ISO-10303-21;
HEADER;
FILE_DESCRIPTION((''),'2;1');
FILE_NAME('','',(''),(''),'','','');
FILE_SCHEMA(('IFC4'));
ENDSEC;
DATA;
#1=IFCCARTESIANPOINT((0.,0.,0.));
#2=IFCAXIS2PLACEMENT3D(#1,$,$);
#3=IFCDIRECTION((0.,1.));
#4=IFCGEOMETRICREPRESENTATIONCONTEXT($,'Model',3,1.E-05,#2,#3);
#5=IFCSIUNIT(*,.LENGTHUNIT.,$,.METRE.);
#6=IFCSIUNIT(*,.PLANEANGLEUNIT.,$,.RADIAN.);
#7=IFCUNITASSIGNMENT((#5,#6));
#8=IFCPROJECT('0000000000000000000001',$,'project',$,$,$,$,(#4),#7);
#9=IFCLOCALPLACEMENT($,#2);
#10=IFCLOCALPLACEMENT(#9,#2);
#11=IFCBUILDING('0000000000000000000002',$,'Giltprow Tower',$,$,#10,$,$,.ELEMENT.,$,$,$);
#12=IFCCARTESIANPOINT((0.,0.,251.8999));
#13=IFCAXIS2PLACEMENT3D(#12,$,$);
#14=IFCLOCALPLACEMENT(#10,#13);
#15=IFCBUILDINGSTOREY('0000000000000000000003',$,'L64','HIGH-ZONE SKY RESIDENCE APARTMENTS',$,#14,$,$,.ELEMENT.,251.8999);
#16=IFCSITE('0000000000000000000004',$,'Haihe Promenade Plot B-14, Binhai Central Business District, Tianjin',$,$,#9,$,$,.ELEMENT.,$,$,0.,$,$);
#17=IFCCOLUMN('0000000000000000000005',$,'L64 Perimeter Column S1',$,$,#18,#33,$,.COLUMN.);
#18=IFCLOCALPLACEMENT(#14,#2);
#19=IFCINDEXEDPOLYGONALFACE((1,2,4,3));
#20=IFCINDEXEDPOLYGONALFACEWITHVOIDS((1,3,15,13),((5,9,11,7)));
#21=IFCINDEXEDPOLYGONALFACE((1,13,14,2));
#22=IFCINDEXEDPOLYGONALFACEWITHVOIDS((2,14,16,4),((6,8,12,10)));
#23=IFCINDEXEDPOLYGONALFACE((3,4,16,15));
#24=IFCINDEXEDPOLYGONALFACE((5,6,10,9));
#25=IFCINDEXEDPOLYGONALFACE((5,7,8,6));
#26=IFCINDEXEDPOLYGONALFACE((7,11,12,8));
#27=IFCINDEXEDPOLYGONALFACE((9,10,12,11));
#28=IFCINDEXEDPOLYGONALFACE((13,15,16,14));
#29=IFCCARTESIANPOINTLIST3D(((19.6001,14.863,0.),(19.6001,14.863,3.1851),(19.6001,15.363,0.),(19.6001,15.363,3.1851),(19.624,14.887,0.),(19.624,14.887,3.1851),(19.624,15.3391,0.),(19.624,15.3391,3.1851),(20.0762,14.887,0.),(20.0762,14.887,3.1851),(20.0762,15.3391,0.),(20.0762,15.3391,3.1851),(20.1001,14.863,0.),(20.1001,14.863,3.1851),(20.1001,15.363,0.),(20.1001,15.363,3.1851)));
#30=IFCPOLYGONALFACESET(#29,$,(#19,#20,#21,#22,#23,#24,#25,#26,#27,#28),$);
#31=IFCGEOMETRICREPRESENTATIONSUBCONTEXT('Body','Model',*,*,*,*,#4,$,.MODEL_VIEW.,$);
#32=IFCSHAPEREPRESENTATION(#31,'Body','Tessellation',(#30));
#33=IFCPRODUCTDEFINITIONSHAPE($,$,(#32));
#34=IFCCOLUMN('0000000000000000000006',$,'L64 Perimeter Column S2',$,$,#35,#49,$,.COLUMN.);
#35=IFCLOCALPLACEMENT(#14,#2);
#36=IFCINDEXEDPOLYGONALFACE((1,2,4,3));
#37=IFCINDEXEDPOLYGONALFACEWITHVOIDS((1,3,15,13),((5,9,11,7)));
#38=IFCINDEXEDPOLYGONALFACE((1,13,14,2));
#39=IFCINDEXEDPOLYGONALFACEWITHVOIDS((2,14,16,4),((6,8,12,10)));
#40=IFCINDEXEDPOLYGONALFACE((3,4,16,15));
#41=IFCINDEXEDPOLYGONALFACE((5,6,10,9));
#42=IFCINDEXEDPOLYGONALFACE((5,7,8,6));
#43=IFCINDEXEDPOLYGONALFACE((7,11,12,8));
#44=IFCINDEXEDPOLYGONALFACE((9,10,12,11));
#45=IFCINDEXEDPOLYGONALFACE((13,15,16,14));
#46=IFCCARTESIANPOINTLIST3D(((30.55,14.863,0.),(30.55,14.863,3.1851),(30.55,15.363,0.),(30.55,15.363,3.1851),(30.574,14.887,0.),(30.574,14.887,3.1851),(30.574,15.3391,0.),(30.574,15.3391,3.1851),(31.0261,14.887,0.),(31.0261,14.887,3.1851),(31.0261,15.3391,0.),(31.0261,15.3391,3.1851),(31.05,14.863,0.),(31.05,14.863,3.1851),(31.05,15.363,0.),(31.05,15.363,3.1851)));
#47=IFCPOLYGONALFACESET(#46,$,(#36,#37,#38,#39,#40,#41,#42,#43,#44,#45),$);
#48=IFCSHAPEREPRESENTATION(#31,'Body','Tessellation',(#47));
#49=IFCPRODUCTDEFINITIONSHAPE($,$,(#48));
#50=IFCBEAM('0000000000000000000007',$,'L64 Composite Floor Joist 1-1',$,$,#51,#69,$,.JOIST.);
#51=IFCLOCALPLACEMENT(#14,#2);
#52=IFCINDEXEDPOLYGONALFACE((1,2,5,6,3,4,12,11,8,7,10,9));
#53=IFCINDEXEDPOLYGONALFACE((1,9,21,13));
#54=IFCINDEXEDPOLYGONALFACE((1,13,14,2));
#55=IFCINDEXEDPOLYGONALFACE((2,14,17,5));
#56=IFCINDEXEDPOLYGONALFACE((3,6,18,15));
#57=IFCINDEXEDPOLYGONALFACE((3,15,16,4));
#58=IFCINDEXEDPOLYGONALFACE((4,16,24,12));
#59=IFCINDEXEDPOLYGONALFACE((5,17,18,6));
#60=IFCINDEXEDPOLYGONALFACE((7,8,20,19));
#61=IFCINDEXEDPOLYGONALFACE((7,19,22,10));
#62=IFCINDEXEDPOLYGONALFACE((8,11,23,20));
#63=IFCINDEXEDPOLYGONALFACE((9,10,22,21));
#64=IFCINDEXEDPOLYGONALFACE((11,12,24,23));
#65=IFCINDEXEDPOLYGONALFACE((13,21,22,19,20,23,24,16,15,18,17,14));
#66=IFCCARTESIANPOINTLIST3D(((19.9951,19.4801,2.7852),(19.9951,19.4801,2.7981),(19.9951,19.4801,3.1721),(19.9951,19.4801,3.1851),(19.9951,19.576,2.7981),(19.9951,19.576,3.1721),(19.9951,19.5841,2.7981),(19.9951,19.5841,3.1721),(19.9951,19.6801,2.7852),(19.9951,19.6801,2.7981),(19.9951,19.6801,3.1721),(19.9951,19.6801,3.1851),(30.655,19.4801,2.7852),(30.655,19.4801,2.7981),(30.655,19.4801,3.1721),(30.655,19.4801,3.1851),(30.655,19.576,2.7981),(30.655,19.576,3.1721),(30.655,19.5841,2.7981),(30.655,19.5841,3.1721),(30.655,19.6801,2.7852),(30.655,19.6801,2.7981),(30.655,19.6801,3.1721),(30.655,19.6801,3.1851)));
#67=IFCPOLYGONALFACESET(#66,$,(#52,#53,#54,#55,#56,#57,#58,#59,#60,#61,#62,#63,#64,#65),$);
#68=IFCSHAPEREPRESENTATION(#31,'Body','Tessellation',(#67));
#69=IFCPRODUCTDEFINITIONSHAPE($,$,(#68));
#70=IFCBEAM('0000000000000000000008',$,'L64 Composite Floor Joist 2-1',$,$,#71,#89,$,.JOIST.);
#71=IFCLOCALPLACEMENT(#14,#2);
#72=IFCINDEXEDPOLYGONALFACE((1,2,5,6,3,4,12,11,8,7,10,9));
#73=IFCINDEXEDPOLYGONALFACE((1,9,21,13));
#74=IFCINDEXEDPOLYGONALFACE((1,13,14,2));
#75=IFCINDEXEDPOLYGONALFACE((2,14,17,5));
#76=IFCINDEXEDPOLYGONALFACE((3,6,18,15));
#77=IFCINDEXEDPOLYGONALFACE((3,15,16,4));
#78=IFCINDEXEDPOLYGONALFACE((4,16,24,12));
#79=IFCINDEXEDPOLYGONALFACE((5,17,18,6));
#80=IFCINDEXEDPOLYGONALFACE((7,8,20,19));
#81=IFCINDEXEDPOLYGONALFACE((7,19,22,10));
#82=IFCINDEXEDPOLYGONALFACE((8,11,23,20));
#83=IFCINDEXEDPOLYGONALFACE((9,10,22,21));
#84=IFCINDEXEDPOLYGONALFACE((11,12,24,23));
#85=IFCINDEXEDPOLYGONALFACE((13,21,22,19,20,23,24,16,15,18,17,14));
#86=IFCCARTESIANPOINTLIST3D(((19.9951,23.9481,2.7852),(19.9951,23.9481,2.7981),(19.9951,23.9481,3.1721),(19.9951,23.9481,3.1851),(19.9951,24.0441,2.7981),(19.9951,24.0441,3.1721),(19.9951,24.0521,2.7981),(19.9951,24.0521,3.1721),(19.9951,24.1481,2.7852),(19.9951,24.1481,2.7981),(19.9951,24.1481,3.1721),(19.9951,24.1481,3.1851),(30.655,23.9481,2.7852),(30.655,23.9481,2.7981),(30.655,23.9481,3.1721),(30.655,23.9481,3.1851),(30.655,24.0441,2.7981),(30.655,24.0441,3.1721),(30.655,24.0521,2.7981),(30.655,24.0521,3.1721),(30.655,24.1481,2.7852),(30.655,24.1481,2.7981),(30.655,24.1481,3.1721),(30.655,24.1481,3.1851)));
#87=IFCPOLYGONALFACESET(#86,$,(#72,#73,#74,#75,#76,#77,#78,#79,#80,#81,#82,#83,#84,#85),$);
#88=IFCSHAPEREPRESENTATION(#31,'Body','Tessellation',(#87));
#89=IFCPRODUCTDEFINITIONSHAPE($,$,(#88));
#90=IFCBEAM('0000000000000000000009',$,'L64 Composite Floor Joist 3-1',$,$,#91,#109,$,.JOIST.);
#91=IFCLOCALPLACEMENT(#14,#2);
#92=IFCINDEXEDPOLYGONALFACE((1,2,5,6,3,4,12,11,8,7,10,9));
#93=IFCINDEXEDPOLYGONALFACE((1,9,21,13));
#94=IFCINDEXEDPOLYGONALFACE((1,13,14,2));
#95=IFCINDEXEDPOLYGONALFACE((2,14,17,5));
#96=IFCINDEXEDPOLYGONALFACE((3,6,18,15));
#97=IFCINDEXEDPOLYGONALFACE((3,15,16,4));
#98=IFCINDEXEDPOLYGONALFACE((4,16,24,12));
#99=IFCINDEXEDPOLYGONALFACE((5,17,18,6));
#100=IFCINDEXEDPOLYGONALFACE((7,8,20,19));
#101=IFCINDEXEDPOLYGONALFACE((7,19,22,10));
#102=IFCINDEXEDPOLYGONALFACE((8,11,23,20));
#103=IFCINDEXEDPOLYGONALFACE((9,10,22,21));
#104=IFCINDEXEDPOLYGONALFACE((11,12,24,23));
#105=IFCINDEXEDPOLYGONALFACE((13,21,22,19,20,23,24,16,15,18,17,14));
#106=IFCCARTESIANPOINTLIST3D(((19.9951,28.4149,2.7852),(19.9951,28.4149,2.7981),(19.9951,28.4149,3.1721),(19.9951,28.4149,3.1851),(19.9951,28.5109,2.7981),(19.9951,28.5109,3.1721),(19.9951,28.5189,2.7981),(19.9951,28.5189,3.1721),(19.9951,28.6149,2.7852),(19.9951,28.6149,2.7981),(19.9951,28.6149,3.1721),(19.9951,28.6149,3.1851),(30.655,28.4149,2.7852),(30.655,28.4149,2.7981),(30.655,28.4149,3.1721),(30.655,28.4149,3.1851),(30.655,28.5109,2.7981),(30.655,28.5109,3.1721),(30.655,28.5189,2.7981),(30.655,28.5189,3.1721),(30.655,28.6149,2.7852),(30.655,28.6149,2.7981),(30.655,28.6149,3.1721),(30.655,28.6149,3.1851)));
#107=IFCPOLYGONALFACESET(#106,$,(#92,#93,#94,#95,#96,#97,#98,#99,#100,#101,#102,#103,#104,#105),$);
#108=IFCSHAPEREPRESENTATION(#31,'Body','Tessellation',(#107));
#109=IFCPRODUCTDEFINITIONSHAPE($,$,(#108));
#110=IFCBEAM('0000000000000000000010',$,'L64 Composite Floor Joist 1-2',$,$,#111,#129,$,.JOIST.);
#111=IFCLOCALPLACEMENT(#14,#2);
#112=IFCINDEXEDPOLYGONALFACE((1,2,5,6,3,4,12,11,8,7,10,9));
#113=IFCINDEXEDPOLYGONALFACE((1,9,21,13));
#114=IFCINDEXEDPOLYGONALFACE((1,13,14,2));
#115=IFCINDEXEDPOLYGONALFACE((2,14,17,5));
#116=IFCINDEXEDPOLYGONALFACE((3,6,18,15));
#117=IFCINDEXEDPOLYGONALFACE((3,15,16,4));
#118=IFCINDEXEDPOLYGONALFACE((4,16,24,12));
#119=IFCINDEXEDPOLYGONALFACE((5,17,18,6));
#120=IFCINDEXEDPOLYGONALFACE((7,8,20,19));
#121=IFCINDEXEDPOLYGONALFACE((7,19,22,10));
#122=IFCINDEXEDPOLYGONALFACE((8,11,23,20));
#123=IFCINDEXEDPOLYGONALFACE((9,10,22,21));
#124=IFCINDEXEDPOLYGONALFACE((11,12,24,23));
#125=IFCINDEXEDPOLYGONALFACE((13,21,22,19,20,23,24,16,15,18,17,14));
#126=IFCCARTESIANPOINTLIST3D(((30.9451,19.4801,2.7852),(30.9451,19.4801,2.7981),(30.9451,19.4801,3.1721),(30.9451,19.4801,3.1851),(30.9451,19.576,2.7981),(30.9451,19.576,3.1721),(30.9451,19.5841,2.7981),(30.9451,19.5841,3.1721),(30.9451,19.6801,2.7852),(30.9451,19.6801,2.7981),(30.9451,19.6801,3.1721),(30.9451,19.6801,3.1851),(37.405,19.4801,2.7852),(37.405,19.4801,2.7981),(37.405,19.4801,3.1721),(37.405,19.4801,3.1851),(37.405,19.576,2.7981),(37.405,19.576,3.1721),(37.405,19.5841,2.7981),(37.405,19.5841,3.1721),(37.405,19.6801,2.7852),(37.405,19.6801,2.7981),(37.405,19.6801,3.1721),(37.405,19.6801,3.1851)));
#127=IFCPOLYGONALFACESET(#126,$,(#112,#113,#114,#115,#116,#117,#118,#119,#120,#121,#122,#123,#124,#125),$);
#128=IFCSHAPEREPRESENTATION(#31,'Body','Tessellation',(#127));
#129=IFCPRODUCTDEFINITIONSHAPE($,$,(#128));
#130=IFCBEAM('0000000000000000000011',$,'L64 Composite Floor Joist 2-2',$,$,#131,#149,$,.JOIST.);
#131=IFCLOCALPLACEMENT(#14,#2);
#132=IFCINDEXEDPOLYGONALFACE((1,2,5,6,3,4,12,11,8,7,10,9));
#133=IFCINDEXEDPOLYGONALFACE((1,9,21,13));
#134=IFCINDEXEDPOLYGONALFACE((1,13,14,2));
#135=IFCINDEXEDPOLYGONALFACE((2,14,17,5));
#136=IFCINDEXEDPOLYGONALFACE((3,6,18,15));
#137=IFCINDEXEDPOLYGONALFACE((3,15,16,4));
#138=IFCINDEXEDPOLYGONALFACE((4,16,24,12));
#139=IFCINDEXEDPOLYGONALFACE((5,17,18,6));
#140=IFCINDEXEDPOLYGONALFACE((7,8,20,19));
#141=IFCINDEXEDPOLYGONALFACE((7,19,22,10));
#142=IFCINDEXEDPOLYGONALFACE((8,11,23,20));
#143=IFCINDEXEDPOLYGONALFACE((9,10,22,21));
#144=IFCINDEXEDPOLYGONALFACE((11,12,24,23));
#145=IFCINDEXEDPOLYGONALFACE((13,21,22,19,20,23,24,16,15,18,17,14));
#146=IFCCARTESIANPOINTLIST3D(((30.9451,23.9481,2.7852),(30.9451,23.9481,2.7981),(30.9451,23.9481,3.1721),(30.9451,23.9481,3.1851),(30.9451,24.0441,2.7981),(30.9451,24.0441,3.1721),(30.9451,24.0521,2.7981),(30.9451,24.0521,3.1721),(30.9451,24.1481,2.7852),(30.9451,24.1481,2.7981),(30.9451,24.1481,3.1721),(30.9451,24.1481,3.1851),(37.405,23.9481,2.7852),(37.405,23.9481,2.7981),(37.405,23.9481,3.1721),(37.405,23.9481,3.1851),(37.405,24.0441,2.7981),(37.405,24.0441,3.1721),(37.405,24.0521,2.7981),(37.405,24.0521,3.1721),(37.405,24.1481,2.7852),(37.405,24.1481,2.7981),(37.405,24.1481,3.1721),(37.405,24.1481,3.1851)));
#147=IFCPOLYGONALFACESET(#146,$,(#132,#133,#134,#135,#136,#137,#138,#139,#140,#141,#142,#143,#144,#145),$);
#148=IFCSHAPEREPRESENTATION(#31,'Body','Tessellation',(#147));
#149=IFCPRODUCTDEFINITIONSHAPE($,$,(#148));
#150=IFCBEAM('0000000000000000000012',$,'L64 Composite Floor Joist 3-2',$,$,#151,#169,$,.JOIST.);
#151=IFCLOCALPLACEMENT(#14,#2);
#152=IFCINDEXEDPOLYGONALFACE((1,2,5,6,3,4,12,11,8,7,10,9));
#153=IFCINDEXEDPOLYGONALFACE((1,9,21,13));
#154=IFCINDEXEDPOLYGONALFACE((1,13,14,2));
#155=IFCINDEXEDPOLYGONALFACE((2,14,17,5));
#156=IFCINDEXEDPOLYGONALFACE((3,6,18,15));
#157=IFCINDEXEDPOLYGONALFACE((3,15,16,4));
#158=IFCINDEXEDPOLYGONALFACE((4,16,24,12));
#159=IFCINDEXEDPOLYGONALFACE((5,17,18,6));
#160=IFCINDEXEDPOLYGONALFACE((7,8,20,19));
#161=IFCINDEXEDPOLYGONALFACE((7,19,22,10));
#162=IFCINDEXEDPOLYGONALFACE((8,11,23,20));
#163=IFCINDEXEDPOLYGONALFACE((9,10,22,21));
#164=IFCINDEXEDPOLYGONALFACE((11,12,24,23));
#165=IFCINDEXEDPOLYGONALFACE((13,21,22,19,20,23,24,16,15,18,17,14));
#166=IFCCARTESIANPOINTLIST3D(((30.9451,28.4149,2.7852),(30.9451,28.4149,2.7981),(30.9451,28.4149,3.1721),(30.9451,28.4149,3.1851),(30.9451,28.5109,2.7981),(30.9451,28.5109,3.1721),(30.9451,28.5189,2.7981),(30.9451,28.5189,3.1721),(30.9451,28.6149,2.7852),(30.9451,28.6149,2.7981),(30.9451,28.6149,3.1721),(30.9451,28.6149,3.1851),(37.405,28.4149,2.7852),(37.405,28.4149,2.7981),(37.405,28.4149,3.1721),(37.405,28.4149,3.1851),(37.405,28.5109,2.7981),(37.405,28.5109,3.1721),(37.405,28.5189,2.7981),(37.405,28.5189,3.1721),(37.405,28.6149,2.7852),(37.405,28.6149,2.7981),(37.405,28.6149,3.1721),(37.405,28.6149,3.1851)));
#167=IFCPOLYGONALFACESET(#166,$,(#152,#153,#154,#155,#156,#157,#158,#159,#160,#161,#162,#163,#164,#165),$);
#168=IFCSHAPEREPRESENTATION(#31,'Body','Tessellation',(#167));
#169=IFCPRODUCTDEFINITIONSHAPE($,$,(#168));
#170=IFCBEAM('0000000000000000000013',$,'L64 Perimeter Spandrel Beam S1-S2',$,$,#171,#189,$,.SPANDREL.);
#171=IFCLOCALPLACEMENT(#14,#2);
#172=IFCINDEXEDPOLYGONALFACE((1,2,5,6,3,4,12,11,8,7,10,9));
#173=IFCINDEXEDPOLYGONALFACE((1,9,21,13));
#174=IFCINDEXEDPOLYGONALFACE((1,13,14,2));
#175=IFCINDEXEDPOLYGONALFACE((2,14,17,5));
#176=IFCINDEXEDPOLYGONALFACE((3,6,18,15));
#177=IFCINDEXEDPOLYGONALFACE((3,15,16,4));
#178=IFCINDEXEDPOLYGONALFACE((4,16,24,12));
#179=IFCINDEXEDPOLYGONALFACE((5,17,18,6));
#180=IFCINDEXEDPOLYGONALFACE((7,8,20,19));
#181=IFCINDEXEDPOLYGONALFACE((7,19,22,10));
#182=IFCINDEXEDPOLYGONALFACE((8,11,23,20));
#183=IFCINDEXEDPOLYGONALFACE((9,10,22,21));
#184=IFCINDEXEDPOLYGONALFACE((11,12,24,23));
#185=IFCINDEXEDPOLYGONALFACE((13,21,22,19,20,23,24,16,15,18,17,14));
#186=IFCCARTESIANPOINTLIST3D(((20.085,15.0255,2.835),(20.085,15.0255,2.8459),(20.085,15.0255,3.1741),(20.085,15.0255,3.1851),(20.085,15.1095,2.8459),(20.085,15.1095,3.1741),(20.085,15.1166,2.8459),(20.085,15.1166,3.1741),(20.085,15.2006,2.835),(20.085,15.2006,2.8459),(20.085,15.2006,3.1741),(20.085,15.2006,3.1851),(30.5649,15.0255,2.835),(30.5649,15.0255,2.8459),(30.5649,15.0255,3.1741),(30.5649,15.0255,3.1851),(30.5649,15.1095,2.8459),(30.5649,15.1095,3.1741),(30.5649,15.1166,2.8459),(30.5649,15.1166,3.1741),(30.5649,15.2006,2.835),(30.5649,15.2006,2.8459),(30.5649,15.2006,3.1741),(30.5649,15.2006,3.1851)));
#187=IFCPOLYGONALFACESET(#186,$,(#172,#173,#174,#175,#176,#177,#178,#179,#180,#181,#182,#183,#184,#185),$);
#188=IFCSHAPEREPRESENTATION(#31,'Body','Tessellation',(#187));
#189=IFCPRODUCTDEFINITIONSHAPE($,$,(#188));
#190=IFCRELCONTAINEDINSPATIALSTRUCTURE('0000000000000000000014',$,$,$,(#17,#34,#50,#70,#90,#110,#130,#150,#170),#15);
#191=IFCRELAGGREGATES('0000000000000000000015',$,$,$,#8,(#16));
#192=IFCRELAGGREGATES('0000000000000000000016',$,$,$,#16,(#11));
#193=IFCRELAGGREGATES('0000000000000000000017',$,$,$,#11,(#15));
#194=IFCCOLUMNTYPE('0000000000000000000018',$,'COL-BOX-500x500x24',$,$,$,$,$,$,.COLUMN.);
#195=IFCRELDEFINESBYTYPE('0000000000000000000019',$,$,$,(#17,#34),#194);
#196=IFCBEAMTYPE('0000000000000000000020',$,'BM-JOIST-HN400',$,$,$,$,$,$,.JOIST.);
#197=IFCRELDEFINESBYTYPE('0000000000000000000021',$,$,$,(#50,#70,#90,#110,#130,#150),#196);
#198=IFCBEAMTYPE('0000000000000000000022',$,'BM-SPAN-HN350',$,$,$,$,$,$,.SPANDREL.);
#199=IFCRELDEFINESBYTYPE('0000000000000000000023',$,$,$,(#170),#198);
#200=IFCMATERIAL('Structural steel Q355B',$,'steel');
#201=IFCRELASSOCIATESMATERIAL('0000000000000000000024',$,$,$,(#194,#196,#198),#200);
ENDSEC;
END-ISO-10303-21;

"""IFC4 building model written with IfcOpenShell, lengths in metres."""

from ifc_helpers import new_model, si_unit, direction, frame, origin, origin_2d, place, context, subcontext, project, spatial, hollow_rectangle, i_section, extrude, source, transform, mapped, material, material_profile, profile_set, type_object, element, save


model = new_model("IFC4")

# Units and contexts
model_context = context("Model", 3, precision=1e-05, world=origin(), true_north=direction((0.0, 1.0)))
body_context = subcontext(model_context, "Body", "Model", "MODEL_VIEW")
ifc_project = project(units=[si_unit("LENGTHUNIT", "METRE"), si_unit("PLANEANGLEUNIT", "RADIAN")], contexts=[model_context])

# Site, building, storey
site_placement = place(None, origin())
site = spatial("IfcSite", under=ifc_project, at=site_placement, Name="Haihe Promenade Plot B-14, Binhai Central Business District, Tianjin", CompositionType="ELEMENT", RefElevation=0.0)
building_placement = place(site_placement, origin())
building = spatial("IfcBuilding", under=site, at=building_placement, Name="Giltprow Tower", CompositionType="ELEMENT")
storey_placement = place(building_placement, frame((0.0, 0.0, 251.8999)))
storey = spatial("IfcBuildingStorey", under=building, at=storey_placement, Name="L64", Description="HIGH-ZONE SKY RESIDENCE APARTMENTS", CompositionType="ELEMENT", Elevation=251.8999)

# Columns
ifc_material_1 = material(Name="Structural steel Q355B", Category="steel")
ifc_material_profile_1 = material_profile(ifc_material_1, hollow_rectangle(XDim=0.5, YDim=0.5, WallThickness=0.0239, at=origin_2d()), Name="BOX 500x500x24")
ifc_profile_set_1 = profile_set([ifc_material_profile_1], Name="Structural steel Q355B")
column_type = type_object("IfcColumnType", Name="COL-BOX-500x500x24", PredefinedType="COLUMN", material=ifc_profile_set_1)
shared_shape_1 = source(origin(), body_context, "Body", "SweptSolid", [
    extrude(hollow_rectangle(XDim=0.5, YDim=0.5, WallThickness=0.0239, at=origin_2d()), origin(), (0.0, 0.0, 1.0), 3.1851),
])
for number, where, z_axis, x_axis, name in (
    (1, (19.8501, 15.113, 0.0), (0.0, 0.0, 1.0), (1.0, 0.0, 0.0), "L64 Perimeter Column S1"),
    (2, (30.8, 15.113, 0.0), (0.0, 0.0, 1.0), (1.0, 0.0, 0.0), "L64 Perimeter Column S2"),
):
    element("IfcColumn", number, at=place(storey_placement, frame(where, z_axis=z_axis, x_axis=x_axis)), inside=storey, type_object=column_type, Name=name, PredefinedType="COLUMN", context=body_context, shape_type="MappedRepresentation", body=[
        mapped(shared_shape_1, transform((0.0, 0.0, 0.0), x_axis=(1.0, 0.0, 0.0), y_axis=(0.0, 1.0, 0.0), z_axis=(0.0, 0.0, 1.0), scale=1.0)),
    ])

# Beams
ifc_material_profile_2 = material_profile(ifc_material_1, i_section(OverallWidth=0.2, OverallDepth=0.3999, WebThickness=0.0081, FlangeThickness=0.0129, at=origin_2d()), Name="HN 400x200x8x13")
ifc_profile_set_2 = profile_set([ifc_material_profile_2], Name="Structural steel Q355B")
beam_type_1 = type_object("IfcBeamType", Name="BM-JOIST-HN400", PredefinedType="JOIST", material=ifc_profile_set_2)
shared_shape_2 = source(origin(), body_context, "Body", "SweptSolid", [
    extrude(i_section(OverallWidth=0.2, OverallDepth=0.3999, WebThickness=0.0081, FlangeThickness=0.0129, at=origin_2d()), origin(), (0.0, 0.0, 1.0), 10.6599),
])
for number, where, z_axis, x_axis, name in (
    (3, (19.9951, 19.5801, 2.9851), (1.0, 0.0, 0.0), (0.0, 1.0, 0.0), "L64 Composite Floor Joist 1-1"),
    (4, (19.9951, 24.0481, 2.9851), (1.0, 0.0, 0.0), (0.0, 1.0, 0.0), "L64 Composite Floor Joist 2-1"),
    (5, (19.9951, 28.5149, 2.9851), (1.0, 0.0, 0.0), (0.0, 1.0, 0.0), "L64 Composite Floor Joist 3-1"),
):
    element("IfcBeam", number, at=place(storey_placement, frame(where, z_axis=z_axis, x_axis=x_axis)), inside=storey, type_object=beam_type_1, Name=name, PredefinedType="JOIST", context=body_context, shape_type="MappedRepresentation", body=[
        mapped(shared_shape_2, transform((0.0, 0.0, 0.0), x_axis=(1.0, 0.0, 0.0), y_axis=(0.0, 1.0, 0.0), z_axis=(0.0, 0.0, 1.0), scale=1.0)),
    ])
shared_shape_3 = source(origin(), body_context, "Body", "SweptSolid", [
    extrude(i_section(OverallWidth=0.2, OverallDepth=0.3999, WebThickness=0.0081, FlangeThickness=0.0129, at=origin_2d()), origin(), (0.0, 0.0, 1.0), 6.46),
])
for number, where, z_axis, x_axis, name in (
    (6, (30.9451, 19.5801, 2.9851), (1.0, 0.0, 0.0), (0.0, 1.0, 0.0), "L64 Composite Floor Joist 1-2"),
    (7, (30.9451, 24.0481, 2.9851), (1.0, 0.0, 0.0), (0.0, 1.0, 0.0), "L64 Composite Floor Joist 2-2"),
    (8, (30.9451, 28.5149, 2.9851), (1.0, 0.0, 0.0), (0.0, 1.0, 0.0), "L64 Composite Floor Joist 3-2"),
):
    element("IfcBeam", number, at=place(storey_placement, frame(where, z_axis=z_axis, x_axis=x_axis)), inside=storey, type_object=beam_type_1, Name=name, PredefinedType="JOIST", context=body_context, shape_type="MappedRepresentation", body=[
        mapped(shared_shape_3, transform((0.0, 0.0, 0.0), x_axis=(1.0, 0.0, 0.0), y_axis=(0.0, 1.0, 0.0), z_axis=(0.0, 0.0, 1.0), scale=1.0)),
    ])
ifc_material_profile_3 = material_profile(ifc_material_1, i_section(OverallWidth=0.175, OverallDepth=0.3501, WebThickness=0.0071, FlangeThickness=0.011, at=origin_2d()), Name="HN 350x175x7x11")
ifc_profile_set_3 = profile_set([ifc_material_profile_3], Name="Structural steel Q355B")
beam_type_2 = type_object("IfcBeamType", Name="BM-SPAN-HN350", PredefinedType="SPANDREL", material=ifc_profile_set_3)
shared_shape_4 = source(origin(), body_context, "Body", "SweptSolid", [
    extrude(i_section(OverallWidth=0.175, OverallDepth=0.3501, WebThickness=0.0071, FlangeThickness=0.011, at=origin_2d()), origin(), (0.0, 0.0, 1.0), 10.48),
])
beam_1_placement = place(storey_placement, frame((20.085, 15.113, 3.01), z_axis=(1.0, 0.0, 0.0), x_axis=(0.0, 1.0, 0.0)))
element("IfcBeam", 9, at=beam_1_placement, inside=storey, type_object=beam_type_2, Name="L64 Perimeter Spandrel Beam S1-S2", PredefinedType="SPANDREL", context=body_context, shape_type="MappedRepresentation", body=[
    mapped(shared_shape_4, transform((0.0, 0.0, 0.0), x_axis=(1.0, 0.0, 0.0), y_axis=(0.0, 1.0, 0.0), z_axis=(0.0, 0.0, 1.0), scale=1.0)),
])

save(model, "model.ifc")
